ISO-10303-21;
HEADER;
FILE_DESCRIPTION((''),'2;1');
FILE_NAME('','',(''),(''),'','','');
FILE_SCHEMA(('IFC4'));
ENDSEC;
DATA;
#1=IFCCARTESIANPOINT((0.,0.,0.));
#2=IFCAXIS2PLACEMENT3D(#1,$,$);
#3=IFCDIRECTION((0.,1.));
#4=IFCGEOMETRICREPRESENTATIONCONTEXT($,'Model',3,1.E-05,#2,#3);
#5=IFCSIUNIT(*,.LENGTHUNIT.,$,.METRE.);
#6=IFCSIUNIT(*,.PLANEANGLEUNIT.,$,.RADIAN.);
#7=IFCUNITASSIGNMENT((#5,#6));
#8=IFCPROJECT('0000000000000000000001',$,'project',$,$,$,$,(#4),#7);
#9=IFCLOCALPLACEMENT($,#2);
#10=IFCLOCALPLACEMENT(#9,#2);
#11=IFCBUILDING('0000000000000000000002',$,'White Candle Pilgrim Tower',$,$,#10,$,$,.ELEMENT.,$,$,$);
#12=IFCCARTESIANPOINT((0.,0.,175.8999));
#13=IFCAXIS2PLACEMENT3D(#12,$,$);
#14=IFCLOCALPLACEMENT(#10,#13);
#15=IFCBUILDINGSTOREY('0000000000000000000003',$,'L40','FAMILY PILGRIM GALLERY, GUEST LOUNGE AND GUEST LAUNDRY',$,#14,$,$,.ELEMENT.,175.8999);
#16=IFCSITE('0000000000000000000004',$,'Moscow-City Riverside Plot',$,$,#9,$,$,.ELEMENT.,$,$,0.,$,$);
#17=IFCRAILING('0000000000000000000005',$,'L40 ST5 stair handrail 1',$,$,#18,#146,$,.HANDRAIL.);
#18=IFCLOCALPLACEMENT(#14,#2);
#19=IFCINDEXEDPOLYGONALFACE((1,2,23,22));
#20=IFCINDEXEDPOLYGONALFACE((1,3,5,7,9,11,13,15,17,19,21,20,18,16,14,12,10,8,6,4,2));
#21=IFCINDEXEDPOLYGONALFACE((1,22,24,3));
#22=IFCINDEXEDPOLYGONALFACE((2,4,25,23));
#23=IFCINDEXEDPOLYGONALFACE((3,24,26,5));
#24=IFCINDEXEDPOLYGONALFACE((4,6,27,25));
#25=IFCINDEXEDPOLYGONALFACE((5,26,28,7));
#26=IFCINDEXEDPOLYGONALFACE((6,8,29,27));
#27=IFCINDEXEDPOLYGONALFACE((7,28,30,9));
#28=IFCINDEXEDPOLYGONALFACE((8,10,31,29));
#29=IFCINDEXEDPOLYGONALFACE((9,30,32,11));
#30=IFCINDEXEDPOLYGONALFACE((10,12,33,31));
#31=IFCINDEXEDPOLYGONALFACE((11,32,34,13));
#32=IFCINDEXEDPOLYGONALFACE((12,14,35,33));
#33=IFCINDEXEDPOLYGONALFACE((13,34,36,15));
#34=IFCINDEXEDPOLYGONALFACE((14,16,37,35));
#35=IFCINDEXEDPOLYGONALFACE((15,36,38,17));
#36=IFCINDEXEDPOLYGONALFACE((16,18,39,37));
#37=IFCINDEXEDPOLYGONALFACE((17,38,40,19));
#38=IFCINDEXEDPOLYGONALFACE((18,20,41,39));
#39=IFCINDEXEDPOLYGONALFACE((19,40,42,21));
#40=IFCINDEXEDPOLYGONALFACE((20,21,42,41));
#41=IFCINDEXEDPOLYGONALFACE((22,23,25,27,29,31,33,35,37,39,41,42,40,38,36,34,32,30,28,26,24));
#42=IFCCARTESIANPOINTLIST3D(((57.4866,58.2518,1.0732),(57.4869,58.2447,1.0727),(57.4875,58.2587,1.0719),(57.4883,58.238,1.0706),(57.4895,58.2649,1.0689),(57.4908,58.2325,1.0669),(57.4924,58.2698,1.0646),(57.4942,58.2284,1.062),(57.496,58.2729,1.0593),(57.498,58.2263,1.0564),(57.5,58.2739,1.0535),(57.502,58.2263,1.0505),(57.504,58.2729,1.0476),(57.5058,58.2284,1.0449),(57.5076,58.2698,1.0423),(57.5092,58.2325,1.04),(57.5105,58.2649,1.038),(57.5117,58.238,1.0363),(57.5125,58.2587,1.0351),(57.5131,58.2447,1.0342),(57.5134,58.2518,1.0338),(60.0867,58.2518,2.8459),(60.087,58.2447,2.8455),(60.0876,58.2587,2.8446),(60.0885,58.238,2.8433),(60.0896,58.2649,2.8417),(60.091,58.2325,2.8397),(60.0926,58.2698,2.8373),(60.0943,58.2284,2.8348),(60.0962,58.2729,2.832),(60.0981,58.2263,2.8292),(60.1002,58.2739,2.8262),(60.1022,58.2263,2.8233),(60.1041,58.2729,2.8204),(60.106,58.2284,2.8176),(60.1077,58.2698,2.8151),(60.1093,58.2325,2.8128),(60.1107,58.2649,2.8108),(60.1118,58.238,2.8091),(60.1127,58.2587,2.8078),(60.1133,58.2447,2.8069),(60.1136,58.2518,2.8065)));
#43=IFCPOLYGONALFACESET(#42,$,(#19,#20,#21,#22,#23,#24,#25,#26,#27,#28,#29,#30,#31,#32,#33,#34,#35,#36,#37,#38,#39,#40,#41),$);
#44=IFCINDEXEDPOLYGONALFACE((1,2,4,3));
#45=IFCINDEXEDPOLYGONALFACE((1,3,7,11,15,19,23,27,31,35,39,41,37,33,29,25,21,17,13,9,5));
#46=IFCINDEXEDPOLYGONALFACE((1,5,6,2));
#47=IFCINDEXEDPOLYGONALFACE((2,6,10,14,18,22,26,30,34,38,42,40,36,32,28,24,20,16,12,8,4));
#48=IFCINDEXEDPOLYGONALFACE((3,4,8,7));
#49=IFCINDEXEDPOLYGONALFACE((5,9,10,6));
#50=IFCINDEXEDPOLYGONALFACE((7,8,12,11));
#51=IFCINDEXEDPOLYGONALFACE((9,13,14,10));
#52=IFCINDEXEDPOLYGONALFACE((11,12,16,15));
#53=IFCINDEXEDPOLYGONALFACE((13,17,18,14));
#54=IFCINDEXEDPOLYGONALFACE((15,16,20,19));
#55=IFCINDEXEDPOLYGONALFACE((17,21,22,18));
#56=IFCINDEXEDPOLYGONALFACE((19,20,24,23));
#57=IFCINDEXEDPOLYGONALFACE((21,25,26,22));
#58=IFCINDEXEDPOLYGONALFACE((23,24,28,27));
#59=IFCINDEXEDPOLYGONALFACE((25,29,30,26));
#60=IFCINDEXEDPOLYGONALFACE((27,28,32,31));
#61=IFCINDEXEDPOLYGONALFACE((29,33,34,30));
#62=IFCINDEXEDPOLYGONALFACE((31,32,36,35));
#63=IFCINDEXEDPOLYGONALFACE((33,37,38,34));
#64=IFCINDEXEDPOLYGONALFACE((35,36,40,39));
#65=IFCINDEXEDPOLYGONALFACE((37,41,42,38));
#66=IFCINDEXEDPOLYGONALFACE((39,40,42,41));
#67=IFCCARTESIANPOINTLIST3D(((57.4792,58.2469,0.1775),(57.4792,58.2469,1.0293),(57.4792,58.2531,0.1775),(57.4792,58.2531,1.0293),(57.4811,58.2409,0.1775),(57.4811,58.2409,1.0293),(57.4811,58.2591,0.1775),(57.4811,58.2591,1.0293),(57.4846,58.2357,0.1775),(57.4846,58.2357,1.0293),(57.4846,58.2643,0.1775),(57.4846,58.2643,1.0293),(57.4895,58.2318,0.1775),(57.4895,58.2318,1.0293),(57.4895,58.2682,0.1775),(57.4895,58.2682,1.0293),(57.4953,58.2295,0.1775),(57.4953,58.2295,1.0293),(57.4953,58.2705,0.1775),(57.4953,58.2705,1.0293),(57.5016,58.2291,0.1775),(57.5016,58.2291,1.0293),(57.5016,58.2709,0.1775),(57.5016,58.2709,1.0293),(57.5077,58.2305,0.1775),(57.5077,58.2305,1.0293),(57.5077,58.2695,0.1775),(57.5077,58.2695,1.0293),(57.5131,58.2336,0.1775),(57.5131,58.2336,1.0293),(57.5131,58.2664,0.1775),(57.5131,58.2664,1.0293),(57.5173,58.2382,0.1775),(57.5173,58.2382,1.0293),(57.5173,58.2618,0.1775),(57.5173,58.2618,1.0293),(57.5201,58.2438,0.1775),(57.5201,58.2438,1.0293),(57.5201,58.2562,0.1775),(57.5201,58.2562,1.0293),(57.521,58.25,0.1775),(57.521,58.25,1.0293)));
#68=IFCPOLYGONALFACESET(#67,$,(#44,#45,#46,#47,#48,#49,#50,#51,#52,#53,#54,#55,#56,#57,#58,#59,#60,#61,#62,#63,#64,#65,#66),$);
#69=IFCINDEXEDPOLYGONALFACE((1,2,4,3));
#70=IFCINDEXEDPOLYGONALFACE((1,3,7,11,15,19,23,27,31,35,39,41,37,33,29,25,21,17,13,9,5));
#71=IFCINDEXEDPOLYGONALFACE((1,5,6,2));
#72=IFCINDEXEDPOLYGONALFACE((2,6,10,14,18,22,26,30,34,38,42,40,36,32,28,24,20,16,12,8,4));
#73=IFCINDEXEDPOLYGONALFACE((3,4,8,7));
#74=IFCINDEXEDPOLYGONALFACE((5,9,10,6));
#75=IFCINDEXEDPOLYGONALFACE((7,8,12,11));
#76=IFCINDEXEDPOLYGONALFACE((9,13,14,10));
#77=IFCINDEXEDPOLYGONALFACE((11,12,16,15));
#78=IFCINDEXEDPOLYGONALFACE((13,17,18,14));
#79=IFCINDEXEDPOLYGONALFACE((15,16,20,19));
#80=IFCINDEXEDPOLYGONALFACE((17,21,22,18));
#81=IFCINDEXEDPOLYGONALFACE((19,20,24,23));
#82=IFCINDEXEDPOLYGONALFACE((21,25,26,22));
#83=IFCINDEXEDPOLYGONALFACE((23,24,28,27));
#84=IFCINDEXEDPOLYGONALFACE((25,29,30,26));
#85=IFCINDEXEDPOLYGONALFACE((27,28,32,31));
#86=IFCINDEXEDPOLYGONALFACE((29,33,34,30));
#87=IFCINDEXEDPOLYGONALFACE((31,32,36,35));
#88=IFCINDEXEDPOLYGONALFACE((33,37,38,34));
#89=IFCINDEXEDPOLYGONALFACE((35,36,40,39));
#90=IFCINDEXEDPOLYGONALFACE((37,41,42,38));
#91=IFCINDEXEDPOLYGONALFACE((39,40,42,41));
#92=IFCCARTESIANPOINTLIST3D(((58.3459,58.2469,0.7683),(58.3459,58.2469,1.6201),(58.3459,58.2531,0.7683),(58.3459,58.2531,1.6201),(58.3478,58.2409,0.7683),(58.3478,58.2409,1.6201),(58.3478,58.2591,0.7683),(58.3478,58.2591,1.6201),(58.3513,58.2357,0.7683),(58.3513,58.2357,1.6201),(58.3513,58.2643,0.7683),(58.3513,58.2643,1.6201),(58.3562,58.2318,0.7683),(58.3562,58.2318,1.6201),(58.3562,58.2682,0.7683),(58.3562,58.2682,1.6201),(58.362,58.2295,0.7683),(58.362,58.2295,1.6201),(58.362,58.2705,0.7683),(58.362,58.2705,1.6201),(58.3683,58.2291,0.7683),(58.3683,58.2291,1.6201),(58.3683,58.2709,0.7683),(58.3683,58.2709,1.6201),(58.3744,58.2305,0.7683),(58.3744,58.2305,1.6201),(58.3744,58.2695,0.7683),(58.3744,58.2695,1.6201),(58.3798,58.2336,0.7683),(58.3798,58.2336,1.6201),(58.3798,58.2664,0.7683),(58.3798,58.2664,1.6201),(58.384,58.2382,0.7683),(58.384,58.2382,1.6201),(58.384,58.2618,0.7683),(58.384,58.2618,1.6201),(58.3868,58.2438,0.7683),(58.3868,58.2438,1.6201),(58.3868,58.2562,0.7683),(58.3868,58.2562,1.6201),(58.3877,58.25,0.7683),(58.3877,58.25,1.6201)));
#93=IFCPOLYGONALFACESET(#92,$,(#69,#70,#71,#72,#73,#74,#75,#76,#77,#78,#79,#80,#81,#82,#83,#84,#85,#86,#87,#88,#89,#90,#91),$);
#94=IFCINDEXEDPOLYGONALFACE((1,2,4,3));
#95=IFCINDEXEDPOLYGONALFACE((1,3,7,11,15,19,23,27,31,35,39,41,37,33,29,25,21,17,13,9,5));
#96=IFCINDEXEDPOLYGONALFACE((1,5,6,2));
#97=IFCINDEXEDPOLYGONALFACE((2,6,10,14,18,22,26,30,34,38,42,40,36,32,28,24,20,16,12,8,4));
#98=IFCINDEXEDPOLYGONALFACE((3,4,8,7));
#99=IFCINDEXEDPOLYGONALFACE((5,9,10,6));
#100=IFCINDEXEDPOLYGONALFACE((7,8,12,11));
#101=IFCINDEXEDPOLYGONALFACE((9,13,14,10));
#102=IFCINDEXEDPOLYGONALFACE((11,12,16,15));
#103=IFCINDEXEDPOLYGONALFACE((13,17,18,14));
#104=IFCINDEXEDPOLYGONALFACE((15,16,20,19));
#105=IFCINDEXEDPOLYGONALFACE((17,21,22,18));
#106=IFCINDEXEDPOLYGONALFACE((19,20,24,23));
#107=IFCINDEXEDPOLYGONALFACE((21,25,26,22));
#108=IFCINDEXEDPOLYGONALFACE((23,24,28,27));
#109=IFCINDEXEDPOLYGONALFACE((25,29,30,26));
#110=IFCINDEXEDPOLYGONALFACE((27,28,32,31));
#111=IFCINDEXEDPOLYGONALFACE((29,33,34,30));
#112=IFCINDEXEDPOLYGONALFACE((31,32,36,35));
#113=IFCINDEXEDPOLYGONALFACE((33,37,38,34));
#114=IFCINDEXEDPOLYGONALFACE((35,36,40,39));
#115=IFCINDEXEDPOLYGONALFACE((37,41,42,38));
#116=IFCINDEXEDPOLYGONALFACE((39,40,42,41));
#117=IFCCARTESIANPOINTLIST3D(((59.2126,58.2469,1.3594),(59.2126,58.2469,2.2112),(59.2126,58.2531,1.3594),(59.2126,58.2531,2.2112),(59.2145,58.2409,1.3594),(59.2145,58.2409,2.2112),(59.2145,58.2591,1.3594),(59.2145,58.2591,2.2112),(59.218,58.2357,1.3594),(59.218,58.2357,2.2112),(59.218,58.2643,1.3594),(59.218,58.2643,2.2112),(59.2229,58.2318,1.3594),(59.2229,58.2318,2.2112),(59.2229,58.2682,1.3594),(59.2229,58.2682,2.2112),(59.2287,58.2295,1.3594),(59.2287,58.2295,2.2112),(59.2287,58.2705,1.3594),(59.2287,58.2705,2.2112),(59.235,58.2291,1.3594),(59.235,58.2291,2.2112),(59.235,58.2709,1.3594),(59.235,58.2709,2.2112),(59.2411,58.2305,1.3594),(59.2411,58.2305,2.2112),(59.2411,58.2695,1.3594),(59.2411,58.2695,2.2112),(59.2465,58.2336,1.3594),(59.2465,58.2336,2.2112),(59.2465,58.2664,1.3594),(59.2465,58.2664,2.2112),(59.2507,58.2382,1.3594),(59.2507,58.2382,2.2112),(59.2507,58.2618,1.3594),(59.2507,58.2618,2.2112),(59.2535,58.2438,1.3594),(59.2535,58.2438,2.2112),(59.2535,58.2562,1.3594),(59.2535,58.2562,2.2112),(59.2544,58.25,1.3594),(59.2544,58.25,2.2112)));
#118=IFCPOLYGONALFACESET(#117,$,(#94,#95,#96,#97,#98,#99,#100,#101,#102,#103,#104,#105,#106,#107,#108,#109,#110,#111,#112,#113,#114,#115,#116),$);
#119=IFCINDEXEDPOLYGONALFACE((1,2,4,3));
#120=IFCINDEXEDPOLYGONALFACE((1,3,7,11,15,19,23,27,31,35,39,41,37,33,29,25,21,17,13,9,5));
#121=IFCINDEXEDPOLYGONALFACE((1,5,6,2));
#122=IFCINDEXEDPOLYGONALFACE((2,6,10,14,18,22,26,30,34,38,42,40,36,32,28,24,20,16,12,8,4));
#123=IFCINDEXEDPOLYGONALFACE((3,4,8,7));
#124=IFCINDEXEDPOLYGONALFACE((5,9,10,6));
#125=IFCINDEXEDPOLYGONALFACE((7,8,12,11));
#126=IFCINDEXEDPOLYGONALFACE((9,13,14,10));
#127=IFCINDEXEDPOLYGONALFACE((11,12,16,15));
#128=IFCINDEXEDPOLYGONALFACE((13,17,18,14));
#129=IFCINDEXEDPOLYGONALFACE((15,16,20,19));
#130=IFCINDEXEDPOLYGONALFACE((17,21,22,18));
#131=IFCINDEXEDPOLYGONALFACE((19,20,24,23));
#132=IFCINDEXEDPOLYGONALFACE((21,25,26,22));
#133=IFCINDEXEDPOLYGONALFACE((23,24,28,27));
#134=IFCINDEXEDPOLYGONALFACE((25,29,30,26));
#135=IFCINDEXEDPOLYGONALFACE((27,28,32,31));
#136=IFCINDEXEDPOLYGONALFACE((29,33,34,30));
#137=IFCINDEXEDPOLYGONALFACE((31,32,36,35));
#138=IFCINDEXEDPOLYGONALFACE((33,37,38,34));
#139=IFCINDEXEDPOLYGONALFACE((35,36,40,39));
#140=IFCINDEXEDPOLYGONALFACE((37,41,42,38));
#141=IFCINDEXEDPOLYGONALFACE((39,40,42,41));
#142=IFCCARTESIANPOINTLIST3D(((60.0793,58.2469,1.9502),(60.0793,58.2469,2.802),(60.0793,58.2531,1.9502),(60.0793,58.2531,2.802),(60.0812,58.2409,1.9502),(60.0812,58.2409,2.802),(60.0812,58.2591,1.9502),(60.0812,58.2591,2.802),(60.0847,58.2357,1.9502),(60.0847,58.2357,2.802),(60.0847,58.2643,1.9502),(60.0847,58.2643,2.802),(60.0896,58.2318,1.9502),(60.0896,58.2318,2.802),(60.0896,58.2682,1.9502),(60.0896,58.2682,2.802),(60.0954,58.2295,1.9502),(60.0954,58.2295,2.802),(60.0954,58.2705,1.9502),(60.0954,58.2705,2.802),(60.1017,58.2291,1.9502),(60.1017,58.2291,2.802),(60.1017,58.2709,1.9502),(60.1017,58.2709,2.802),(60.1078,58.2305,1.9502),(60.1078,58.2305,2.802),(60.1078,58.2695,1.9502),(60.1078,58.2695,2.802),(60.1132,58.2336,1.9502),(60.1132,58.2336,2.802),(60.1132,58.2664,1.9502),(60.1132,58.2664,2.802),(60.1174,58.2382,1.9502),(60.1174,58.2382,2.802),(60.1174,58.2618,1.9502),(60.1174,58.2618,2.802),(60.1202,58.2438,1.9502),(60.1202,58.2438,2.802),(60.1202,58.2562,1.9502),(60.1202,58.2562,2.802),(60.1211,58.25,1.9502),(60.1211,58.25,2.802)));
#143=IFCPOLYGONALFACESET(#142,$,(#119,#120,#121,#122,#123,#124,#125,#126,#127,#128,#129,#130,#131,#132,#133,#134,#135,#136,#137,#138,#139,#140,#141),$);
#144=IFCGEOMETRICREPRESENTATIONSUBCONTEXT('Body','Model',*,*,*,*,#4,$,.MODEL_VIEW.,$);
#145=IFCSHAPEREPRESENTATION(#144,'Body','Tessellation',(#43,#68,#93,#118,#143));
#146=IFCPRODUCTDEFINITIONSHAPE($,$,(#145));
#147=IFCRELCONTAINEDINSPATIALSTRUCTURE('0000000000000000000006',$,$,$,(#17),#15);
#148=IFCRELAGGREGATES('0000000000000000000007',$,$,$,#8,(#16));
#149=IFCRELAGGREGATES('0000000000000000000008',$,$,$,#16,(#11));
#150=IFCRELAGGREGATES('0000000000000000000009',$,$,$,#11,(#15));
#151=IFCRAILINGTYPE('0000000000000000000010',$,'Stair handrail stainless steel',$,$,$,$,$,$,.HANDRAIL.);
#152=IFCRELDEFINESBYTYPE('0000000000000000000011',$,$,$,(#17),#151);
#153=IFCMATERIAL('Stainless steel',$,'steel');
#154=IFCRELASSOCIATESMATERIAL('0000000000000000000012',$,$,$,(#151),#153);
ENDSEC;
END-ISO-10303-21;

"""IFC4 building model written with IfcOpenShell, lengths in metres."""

from ifc_helpers import new_model, si_unit, direction, frame, origin, origin_2d, place, context, subcontext, project, spatial, circle, extrude, material, type_object, element, save


model = new_model("IFC4")

# Units and contexts
model_context = context("Model", 3, precision=1e-05, world=origin(), true_north=direction((0.0, 1.0)))
body_context = subcontext(model_context, "Body", "Model", "MODEL_VIEW")
ifc_project = project(units=[si_unit("LENGTHUNIT", "METRE"), si_unit("PLANEANGLEUNIT", "RADIAN")], contexts=[model_context])

# Site, building, storey
site_placement = place(None, origin())
site = spatial("IfcSite", under=ifc_project, at=site_placement, Name="Moscow-City Riverside Plot", CompositionType="ELEMENT", RefElevation=0.0)
building_placement = place(site_placement, origin())
building = spatial("IfcBuilding", under=site, at=building_placement, Name="White Candle Pilgrim Tower", CompositionType="ELEMENT")
storey_placement = place(building_placement, frame((0.0, 0.0, 175.8999)))
storey = spatial("IfcBuildingStorey", under=building, at=storey_placement, Name="L40", Description="FAMILY PILGRIM GALLERY, GUEST LOUNGE AND GUEST LAUNDRY", CompositionType="ELEMENT", Elevation=175.8999)

# Railing
ifc_material_1 = material(Name="Stainless steel", Category="steel")
railing_type_1 = type_object("IfcRailingType", Name="Stair handrail stainless steel", PredefinedType="HANDRAIL", material=ifc_material_1)
railing_1_placement = place(storey_placement, frame((57.5, 58.25, 0.1775)))
element("IfcRailing", 1, at=railing_1_placement, inside=storey, type_object=railing_type_1, Name="L40 ST5 stair handrail 1", PredefinedType="HANDRAIL", context=body_context, shape_type="SweptSolid", body=[
    extrude(circle(Radius=0.0239, at=origin_2d()), frame((0.0, 0.0, 0.876), z_axis=(0.82624, 0.0, 0.563318), x_axis=(0.0, 1.0, 0.0)), (0.0, 0.0, 1.0), 3.147),
    extrude(circle(Radius=0.021, at=origin_2d()), origin(), (0.0, 0.0, 1.0), 0.8518),
    extrude(circle(Radius=0.021, at=origin_2d()), frame((0.8667, 0.0, 0.5908)), (0.0, 0.0, 1.0), 0.8518),
    extrude(circle(Radius=0.021, at=origin_2d()), frame((1.7334, 0.0, 1.1819)), (0.0, 0.0, 1.0), 0.8518),
    extrude(circle(Radius=0.021, at=origin_2d()), frame((2.6001, 0.0, 1.7727)), (0.0, 0.0, 1.0), 0.8518),
])

save(model, "model.ifc")
